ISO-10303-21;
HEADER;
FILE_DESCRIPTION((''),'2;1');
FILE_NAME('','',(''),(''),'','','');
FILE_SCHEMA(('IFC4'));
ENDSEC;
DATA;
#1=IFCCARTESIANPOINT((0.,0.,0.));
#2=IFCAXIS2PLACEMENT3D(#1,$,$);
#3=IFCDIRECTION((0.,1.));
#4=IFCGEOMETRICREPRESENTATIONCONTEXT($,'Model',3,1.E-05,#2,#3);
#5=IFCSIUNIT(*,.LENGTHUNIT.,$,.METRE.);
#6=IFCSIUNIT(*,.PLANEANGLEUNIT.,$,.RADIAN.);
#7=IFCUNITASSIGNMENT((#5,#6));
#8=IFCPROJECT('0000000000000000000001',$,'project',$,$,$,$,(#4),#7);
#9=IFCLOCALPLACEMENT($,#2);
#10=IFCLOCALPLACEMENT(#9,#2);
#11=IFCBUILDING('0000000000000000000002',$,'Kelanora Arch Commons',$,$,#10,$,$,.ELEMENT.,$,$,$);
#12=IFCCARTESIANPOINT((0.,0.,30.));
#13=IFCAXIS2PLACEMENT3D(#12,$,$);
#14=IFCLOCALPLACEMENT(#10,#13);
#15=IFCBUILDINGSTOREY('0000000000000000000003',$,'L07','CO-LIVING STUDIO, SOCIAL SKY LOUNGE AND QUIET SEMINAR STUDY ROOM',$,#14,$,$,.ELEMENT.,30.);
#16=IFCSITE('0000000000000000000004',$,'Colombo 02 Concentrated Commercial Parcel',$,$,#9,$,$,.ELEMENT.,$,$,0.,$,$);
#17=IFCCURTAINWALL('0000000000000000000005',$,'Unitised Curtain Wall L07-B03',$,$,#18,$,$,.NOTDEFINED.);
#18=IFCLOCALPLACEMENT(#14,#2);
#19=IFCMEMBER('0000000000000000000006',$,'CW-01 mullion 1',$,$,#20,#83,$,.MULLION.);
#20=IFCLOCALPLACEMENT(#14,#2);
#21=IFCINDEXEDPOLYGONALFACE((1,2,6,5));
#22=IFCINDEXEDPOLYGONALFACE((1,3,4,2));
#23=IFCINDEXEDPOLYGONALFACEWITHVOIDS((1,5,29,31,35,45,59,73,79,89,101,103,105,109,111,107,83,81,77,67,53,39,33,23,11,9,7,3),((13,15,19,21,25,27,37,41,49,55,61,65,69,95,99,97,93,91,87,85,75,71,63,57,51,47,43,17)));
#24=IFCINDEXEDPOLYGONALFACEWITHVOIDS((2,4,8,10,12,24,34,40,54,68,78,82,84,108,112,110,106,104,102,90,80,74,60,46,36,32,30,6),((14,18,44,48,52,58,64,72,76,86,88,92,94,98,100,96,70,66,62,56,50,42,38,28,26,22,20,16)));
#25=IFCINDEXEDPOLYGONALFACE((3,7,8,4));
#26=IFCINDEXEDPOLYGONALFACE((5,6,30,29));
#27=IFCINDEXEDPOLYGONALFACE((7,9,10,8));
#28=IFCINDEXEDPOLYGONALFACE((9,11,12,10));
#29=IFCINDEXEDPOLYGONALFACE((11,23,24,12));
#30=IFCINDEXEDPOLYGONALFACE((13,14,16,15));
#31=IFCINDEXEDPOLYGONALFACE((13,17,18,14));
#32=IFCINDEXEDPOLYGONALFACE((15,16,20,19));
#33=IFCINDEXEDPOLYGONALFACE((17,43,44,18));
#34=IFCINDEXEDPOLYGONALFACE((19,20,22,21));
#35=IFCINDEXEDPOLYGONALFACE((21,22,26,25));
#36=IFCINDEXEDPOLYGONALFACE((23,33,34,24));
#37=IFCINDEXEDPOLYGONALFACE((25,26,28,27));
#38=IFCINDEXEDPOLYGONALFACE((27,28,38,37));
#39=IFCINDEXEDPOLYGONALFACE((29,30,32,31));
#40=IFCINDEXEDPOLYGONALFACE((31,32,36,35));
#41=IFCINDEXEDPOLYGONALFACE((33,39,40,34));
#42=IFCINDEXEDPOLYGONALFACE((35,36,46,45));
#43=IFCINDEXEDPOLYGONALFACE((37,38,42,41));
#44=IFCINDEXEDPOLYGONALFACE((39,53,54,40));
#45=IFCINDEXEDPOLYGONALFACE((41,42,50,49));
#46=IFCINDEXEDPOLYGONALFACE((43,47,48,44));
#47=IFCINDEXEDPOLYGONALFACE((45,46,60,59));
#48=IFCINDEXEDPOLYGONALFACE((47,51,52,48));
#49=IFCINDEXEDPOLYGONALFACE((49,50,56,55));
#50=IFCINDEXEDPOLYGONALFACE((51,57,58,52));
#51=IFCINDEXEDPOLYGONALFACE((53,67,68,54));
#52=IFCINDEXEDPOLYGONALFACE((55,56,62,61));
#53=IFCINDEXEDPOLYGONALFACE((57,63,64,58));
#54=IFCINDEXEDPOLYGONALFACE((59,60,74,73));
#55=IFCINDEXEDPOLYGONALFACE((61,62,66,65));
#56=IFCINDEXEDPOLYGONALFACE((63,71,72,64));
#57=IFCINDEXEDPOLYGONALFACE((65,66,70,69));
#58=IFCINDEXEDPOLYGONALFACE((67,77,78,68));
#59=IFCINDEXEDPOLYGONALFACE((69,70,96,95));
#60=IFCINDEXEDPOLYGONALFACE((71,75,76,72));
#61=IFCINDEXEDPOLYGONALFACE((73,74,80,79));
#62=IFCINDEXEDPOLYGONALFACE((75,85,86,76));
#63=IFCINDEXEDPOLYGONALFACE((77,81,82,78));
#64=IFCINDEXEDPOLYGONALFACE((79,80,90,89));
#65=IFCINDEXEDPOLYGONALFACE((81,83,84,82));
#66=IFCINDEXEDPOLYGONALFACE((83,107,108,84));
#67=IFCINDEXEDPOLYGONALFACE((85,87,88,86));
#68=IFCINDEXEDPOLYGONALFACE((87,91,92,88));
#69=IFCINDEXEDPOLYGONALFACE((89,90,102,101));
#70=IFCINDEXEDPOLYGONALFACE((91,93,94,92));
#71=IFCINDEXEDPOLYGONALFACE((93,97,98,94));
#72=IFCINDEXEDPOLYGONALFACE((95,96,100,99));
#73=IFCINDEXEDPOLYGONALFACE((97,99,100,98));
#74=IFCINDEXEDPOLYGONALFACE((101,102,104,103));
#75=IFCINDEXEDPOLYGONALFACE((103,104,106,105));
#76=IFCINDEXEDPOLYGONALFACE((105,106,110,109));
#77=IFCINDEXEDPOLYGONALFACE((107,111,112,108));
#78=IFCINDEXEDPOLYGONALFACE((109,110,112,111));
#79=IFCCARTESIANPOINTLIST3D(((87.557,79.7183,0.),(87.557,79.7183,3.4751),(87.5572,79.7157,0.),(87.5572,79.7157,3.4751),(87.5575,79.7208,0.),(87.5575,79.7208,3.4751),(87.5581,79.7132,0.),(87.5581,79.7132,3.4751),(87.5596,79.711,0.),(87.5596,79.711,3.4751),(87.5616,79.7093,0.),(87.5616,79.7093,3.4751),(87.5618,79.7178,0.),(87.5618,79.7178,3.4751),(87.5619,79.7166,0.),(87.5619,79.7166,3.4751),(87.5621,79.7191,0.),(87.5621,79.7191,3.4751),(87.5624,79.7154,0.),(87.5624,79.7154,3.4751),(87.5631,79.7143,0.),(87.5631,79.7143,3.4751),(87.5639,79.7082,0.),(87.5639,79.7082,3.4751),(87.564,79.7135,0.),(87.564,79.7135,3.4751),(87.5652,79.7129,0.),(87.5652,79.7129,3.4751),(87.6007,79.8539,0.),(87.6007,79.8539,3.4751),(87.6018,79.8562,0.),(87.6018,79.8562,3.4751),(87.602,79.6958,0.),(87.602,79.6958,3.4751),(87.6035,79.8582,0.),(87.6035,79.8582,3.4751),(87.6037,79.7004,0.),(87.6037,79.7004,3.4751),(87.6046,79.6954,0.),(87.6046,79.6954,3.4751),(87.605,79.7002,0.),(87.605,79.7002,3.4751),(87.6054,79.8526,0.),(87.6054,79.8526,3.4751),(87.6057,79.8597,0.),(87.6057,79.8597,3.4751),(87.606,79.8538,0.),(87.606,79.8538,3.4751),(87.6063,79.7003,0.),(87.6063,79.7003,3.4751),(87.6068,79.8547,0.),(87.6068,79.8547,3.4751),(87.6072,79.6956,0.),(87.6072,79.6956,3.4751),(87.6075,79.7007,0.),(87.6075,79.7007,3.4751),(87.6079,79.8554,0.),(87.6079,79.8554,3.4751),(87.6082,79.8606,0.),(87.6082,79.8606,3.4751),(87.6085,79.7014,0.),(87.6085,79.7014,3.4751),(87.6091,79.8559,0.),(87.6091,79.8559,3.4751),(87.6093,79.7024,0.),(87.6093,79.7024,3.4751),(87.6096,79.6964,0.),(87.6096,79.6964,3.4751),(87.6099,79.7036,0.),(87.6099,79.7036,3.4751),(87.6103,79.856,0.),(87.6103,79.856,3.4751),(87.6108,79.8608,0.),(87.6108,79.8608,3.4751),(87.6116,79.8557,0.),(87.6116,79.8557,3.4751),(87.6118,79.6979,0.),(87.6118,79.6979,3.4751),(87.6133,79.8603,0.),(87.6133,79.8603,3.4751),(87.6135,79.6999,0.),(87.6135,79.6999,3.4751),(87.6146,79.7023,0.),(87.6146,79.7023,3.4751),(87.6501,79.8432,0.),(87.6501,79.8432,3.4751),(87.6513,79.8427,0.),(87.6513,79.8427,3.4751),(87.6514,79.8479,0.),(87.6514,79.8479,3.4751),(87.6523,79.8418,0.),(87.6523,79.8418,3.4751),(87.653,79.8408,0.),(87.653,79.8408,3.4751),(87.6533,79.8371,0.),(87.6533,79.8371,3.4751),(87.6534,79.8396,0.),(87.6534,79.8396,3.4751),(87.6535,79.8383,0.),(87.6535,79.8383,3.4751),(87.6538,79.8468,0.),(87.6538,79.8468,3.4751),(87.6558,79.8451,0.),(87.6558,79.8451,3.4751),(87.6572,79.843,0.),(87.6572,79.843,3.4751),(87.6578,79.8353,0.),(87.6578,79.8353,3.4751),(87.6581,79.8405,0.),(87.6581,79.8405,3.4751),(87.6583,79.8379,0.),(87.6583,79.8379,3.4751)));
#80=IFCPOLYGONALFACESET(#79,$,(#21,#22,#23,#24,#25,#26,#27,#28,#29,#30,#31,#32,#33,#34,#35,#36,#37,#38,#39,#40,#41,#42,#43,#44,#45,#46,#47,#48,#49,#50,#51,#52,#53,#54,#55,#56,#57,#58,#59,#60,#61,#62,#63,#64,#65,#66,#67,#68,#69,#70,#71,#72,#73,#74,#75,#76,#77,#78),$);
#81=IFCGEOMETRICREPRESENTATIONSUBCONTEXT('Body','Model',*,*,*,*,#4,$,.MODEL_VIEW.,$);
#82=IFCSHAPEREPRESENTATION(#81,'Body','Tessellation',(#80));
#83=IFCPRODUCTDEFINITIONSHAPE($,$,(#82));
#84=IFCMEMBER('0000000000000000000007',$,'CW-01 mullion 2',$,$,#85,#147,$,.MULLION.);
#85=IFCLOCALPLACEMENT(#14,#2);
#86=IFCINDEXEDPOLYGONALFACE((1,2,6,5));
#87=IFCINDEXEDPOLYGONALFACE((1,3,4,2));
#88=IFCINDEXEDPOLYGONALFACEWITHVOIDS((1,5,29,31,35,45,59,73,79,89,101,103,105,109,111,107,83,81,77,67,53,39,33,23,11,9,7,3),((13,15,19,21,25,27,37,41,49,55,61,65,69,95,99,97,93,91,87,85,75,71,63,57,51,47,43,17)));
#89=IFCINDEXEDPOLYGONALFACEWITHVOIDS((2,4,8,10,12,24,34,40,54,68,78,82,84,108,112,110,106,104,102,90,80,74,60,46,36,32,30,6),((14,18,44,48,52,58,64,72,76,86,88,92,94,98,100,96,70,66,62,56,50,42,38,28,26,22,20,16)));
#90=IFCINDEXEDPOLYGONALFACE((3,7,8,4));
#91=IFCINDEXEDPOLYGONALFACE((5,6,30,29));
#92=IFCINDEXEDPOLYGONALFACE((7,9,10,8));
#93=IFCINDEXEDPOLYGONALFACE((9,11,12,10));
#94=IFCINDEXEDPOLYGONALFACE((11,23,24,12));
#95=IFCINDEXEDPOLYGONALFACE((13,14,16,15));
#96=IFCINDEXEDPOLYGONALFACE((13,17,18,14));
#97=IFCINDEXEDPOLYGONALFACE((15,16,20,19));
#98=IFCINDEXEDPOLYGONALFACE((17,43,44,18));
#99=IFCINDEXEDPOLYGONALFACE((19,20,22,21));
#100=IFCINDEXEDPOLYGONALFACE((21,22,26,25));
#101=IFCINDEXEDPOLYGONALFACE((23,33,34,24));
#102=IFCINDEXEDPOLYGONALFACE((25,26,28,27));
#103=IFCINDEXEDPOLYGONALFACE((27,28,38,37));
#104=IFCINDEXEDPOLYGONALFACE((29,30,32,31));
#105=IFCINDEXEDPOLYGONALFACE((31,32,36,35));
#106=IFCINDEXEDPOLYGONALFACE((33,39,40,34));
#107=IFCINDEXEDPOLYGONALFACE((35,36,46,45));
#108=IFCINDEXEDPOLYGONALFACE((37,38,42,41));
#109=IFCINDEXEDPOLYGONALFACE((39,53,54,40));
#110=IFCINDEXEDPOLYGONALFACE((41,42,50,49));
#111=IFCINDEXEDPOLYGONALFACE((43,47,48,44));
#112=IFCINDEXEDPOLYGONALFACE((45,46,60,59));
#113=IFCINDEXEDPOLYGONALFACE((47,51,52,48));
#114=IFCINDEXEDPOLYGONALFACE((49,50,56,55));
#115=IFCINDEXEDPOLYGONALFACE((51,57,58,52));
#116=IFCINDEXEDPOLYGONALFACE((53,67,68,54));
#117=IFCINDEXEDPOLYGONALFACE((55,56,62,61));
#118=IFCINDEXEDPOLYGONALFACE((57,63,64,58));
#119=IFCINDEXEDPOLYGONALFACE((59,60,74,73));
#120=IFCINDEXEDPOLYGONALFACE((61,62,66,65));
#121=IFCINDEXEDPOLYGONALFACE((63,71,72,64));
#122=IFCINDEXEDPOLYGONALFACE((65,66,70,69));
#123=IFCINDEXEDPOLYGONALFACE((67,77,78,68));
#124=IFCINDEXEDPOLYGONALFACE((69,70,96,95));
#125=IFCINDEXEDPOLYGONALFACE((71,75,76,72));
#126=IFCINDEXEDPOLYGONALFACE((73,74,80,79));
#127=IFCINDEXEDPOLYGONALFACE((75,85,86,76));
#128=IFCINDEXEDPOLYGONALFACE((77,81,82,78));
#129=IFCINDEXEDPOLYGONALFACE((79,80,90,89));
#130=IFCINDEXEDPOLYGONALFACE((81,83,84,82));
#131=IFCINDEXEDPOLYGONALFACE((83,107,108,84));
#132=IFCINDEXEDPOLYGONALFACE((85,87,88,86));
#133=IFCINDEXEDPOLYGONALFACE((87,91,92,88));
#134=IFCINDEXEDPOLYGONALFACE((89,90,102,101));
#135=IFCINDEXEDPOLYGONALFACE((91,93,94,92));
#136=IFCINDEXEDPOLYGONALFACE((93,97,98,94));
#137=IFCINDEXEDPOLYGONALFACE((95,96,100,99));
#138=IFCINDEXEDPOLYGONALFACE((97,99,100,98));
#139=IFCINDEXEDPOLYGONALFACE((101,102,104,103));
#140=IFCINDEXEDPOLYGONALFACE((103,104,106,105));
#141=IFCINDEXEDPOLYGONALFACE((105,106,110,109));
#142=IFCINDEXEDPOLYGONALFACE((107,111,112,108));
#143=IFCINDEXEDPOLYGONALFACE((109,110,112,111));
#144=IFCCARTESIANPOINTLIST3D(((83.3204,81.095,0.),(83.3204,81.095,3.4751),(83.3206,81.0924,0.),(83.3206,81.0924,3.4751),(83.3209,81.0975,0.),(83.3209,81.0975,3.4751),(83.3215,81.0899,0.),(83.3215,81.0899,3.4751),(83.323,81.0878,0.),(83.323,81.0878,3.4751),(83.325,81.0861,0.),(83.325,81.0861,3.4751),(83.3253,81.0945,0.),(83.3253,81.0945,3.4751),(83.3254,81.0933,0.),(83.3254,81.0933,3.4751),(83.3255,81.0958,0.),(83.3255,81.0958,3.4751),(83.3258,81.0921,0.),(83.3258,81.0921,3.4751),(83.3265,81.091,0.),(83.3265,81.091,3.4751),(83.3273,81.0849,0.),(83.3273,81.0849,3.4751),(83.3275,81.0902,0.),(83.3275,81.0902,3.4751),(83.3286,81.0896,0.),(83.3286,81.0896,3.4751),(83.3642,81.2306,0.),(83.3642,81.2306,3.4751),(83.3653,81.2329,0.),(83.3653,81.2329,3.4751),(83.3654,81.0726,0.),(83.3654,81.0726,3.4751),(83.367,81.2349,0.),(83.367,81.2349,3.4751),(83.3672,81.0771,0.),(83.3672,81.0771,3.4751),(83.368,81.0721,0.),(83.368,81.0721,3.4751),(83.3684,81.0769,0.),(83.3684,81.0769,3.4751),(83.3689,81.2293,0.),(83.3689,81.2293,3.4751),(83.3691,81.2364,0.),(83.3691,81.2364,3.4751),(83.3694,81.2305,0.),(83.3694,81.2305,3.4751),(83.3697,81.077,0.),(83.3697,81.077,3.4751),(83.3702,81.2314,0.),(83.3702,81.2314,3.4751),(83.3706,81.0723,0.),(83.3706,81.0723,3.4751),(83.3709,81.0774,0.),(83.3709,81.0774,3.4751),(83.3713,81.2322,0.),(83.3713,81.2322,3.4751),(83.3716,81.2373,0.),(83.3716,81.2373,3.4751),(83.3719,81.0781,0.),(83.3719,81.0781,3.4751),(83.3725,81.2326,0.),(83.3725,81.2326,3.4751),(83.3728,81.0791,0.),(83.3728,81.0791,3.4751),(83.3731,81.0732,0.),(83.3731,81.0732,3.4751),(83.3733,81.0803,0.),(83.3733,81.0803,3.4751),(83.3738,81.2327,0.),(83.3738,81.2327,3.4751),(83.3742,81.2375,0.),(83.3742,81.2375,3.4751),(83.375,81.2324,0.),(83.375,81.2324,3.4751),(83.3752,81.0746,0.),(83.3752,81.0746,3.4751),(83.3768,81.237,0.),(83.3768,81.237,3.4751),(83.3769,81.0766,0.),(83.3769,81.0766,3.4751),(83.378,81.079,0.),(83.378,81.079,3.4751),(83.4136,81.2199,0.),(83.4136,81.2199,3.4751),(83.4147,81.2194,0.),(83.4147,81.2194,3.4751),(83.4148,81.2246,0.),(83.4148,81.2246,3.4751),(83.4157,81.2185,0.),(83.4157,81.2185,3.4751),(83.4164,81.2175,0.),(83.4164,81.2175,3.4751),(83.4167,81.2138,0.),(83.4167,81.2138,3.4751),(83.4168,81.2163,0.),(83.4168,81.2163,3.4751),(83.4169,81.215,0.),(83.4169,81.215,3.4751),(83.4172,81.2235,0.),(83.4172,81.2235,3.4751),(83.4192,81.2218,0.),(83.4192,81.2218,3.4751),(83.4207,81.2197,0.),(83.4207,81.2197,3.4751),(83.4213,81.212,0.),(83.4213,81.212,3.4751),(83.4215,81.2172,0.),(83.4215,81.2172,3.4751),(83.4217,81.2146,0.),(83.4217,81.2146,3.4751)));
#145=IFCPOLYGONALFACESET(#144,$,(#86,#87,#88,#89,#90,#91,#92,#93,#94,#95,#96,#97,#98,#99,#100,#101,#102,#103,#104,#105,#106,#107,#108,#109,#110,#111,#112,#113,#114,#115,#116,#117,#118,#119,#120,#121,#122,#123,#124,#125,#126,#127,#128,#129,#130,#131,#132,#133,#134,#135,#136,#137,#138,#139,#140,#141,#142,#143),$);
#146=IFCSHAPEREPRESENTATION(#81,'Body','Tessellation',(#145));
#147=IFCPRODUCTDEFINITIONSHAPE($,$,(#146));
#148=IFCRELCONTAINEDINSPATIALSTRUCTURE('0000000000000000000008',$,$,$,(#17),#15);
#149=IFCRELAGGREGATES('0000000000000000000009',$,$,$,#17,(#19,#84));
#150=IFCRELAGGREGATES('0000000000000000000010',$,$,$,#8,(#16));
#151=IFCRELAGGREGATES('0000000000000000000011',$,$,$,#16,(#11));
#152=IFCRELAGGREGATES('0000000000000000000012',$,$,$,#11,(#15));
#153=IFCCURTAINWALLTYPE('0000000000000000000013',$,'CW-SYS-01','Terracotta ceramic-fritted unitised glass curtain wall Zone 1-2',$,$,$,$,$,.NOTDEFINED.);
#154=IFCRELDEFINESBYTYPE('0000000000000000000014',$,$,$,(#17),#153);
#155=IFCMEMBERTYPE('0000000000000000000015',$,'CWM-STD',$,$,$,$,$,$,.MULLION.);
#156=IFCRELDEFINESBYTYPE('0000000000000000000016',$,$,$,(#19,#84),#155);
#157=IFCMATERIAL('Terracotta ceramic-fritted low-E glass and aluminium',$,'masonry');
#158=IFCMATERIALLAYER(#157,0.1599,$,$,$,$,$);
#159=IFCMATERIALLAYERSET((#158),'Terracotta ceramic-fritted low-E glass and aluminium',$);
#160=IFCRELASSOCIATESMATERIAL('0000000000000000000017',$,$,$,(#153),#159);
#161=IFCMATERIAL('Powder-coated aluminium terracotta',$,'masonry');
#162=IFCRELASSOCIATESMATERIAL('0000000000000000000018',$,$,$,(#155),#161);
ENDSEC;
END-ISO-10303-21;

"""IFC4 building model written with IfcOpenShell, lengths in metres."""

from ifc_helpers import new_model, si_unit, direction, frame, origin, origin_2d, place, context, subcontext, project, spatial, hollow_rectangle, extrude, material, layer, layer_set, material_profile, profile_set, type_object, element, aggregate, save


model = new_model("IFC4")

# Units and contexts
model_context = context("Model", 3, precision=1e-05, world=origin(), true_north=direction((0.0, 1.0)))
body_context = subcontext(model_context, "Body", "Model", "MODEL_VIEW")
ifc_project = project(units=[si_unit("LENGTHUNIT", "METRE"), si_unit("PLANEANGLEUNIT", "RADIAN")], contexts=[model_context])

# Site, building, storey
site_placement = place(None, origin())
site = spatial("IfcSite", under=ifc_project, at=site_placement, Name="Colombo 02 Concentrated Commercial Parcel", CompositionType="ELEMENT", RefElevation=0.0)
building_placement = place(site_placement, origin())
building = spatial("IfcBuilding", under=site, at=building_placement, Name="Kelanora Arch Commons", CompositionType="ELEMENT")
storey_placement = place(building_placement, frame((0.0, 0.0, 30.0)))
storey = spatial("IfcBuildingStorey", under=building, at=storey_placement, Name="L07", Description="CO-LIVING STUDIO, SOCIAL SKY LOUNGE AND QUIET SEMINAR STUDY ROOM", CompositionType="ELEMENT", Elevation=30.0)

# Curtain wall, members
ifc_material_1 = material(Name="Terracotta ceramic-fritted low-E glass and aluminium", Category="masonry")
ifc_layer_1 = layer(ifc_material_1, 0.1599)
ifc_layer_set_1 = layer_set([ifc_layer_1], Name="Terracotta ceramic-fritted low-E glass and aluminium")
curtain_wall_type = type_object("IfcCurtainWallType", Name="CW-SYS-01", Description="Terracotta ceramic-fritted unitised glass curtain wall Zone 1-2", PredefinedType="NOTDEFINED", material=ifc_layer_set_1)
curtain_wall_placement = place(storey_placement, origin())
curtain_wall = element("IfcCurtainWall", 1, at=curtain_wall_placement, inside=storey, type_object=curtain_wall_type, Name="Unitised Curtain Wall L07-B03", PredefinedType="NOTDEFINED")
ifc_material_2 = material(Name="Powder-coated aluminium terracotta", Category="masonry")
ifc_material_profile_1 = material_profile(ifc_material_2, hollow_rectangle(XDim=0.1599, YDim=0.0601, WallThickness=0.0049, InnerFilletRadius=0.0049, OuterFilletRadius=0.01, at=origin_2d()), Name="CWM160x60")
ifc_profile_set_1 = profile_set([ifc_material_profile_1], Name="Powder-coated aluminium terracotta")
member_type_1 = type_object("IfcMemberType", Name="CWM-STD", PredefinedType="MULLION", material=ifc_profile_set_1)
member_1_placement = place(storey_placement, frame((87.6077, 79.7781, 0.0), z_axis=(0.0, 0.0, 1.0), x_axis=(-0.309058, -0.951043, 0.0)))
member_1 = element("IfcMember", 2, at=member_1_placement, type_object=member_type_1, Name="CW-01 mullion 1", PredefinedType="MULLION", context=body_context, shape_type="SweptSolid", body=[
    extrude(hollow_rectangle(XDim=0.1599, YDim=0.0601, WallThickness=0.0049, InnerFilletRadius=0.0049, OuterFilletRadius=0.01, at=origin_2d()), origin(), (0.0, 0.0, 1.0), 3.4751),
])
member_2_placement = place(storey_placement, frame((83.3711, 81.1548, 0.0), z_axis=(0.0, 0.0, 1.0), x_axis=(-0.309058, -0.951043, 0.0)))
member_2 = element("IfcMember", 3, at=member_2_placement, type_object=member_type_1, Name="CW-01 mullion 2", PredefinedType="MULLION", context=body_context, shape_type="SweptSolid", body=[
    extrude(hollow_rectangle(XDim=0.1599, YDim=0.0601, WallThickness=0.0049, InnerFilletRadius=0.0049, OuterFilletRadius=0.01, at=origin_2d()), origin(), (0.0, 0.0, 1.0), 3.4751),
])
aggregate(curtain_wall, [member_1, member_2])

save(model, "model.ifc")
